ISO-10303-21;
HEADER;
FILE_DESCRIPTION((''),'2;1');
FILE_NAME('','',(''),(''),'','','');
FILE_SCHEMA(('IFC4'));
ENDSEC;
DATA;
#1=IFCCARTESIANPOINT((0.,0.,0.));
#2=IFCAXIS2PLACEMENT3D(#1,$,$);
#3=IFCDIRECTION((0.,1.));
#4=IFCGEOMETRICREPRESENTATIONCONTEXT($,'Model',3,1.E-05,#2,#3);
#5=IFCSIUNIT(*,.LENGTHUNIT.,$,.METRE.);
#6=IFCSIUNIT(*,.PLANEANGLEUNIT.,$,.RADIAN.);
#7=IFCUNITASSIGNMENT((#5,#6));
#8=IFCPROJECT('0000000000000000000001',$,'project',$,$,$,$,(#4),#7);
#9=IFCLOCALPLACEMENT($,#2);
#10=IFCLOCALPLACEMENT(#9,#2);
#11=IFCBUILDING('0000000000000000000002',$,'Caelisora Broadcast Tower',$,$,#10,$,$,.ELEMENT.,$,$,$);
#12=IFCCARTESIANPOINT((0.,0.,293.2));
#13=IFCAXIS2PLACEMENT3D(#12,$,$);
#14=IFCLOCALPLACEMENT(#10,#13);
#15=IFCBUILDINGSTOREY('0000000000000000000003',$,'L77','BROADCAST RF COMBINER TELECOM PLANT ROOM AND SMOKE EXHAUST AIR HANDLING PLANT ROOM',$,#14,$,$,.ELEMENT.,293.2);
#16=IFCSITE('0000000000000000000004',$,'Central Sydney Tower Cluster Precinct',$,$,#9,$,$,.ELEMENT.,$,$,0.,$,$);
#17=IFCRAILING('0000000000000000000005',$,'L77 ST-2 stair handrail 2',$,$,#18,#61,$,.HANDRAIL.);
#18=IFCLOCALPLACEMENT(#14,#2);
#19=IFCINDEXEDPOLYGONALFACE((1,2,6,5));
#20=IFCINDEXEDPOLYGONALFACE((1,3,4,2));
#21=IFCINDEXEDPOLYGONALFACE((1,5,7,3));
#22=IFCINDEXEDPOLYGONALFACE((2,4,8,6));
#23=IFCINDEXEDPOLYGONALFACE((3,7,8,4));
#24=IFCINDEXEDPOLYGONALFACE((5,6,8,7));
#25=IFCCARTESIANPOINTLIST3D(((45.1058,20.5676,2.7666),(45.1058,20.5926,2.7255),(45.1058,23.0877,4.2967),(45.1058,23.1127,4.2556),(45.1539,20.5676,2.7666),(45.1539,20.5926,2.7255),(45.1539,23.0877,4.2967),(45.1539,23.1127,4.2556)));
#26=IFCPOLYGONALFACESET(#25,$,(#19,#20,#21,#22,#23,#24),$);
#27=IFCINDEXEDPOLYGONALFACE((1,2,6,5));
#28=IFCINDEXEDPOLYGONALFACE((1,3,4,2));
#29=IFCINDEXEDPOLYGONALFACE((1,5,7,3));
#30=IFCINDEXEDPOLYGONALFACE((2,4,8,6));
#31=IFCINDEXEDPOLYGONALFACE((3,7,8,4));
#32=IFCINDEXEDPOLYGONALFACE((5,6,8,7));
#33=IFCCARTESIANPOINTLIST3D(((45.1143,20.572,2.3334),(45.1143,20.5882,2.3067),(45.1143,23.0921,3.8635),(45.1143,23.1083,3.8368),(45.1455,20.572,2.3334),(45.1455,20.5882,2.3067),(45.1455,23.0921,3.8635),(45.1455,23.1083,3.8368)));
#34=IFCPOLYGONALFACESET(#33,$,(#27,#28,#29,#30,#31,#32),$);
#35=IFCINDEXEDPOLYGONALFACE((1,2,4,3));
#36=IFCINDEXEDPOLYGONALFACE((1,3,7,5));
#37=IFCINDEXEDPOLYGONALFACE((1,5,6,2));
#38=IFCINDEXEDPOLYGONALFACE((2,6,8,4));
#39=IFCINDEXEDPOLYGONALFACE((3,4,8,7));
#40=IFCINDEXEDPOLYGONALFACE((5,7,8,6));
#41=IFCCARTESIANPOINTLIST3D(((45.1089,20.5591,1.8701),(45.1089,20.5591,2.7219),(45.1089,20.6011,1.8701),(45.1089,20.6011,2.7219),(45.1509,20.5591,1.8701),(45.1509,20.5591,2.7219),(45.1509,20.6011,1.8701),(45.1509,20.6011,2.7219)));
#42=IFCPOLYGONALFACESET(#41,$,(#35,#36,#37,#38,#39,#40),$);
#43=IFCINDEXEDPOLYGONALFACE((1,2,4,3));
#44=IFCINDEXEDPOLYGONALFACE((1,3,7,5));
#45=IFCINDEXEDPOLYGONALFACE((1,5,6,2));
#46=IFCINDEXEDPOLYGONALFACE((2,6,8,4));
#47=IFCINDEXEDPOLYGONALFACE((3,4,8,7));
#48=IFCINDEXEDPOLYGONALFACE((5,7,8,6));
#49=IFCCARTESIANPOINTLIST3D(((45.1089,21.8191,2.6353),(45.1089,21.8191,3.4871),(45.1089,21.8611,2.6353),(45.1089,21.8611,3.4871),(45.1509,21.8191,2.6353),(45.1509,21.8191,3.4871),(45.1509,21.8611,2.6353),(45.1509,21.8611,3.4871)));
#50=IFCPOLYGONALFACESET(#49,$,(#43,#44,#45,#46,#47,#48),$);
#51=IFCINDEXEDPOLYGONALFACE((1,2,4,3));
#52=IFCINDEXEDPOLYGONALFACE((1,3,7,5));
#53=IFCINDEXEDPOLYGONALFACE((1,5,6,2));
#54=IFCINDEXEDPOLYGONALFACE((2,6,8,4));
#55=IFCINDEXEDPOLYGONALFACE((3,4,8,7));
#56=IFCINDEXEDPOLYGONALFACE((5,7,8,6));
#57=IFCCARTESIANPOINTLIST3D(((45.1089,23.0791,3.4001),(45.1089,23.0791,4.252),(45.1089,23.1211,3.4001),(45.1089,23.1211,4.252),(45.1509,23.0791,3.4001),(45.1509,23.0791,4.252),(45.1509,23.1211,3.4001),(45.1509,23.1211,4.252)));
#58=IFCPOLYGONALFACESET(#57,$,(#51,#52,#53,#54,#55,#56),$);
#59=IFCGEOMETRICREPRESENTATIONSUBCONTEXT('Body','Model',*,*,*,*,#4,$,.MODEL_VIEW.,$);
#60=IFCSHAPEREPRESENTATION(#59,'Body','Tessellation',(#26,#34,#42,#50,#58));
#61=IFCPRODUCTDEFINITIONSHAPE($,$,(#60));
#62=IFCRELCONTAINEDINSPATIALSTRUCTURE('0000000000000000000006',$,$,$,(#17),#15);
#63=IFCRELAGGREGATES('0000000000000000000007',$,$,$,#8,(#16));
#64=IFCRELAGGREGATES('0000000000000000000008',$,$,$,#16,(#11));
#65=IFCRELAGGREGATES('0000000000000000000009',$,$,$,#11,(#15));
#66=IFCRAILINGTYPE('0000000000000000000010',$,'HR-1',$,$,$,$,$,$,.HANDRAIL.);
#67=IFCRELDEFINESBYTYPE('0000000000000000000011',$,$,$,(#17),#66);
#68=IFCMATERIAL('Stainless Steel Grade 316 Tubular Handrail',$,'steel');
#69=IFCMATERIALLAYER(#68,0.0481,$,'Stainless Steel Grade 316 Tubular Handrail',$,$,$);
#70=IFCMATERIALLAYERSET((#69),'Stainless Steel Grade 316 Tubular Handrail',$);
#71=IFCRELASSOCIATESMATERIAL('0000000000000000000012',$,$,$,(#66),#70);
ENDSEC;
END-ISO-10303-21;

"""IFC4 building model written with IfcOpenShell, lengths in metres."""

from ifc_helpers import new_model, si_unit, direction, frame, origin, origin_2d, place, context, subcontext, project, spatial, rectangle, extrude, material, layer, layer_set, type_object, element, save


model = new_model("IFC4")

# Units and contexts
model_context = context("Model", 3, precision=1e-05, world=origin(), true_north=direction((0.0, 1.0)))
body_context = subcontext(model_context, "Body", "Model", "MODEL_VIEW")
ifc_project = project(units=[si_unit("LENGTHUNIT", "METRE"), si_unit("PLANEANGLEUNIT", "RADIAN")], contexts=[model_context])

# Site, building, storey
site_placement = place(None, origin())
site = spatial("IfcSite", under=ifc_project, at=site_placement, Name="Central Sydney Tower Cluster Precinct", CompositionType="ELEMENT", RefElevation=0.0)
building_placement = place(site_placement, origin())
building = spatial("IfcBuilding", under=site, at=building_placement, Name="Caelisora Broadcast Tower", CompositionType="ELEMENT")
storey_placement = place(building_placement, frame((0.0, 0.0, 293.2)))
storey = spatial("IfcBuildingStorey", under=building, at=storey_placement, Name="L77", Description="BROADCAST RF COMBINER TELECOM PLANT ROOM AND SMOKE EXHAUST AIR HANDLING PLANT ROOM", CompositionType="ELEMENT", Elevation=293.2)

# Railing
ifc_material_1 = material(Name="Stainless Steel Grade 316 Tubular Handrail", Category="steel")
ifc_layer_1 = layer(ifc_material_1, 0.0481, Name="Stainless Steel Grade 316 Tubular Handrail")
ifc_layer_set_1 = layer_set([ifc_layer_1], Name="Stainless Steel Grade 316 Tubular Handrail")
railing_type_1 = type_object("IfcRailingType", Name="HR-1", PredefinedType="HANDRAIL", material=ifc_layer_set_1)
railing_1_placement = place(storey_placement, frame((45.1299, 20.5801, 1.8701)))
element("IfcRailing", 1, at=railing_1_placement, inside=storey, type_object=railing_type_1, Name="L77 ST-2 stair handrail 2", PredefinedType="HANDRAIL", context=body_context, shape_type="SweptSolid", body=[
    extrude(rectangle(XDim=0.0481, YDim=0.0481, at=origin_2d()), frame((0.0, 0.0, 0.876), z_axis=(0.0, 0.854785, 0.518982), x_axis=(-1.0, 0.0, 0.0)), (0.0, 0.0, 1.0), 2.9482),
    extrude(rectangle(XDim=0.0312, YDim=0.0312, at=origin_2d()), frame((0.0, 0.0, 0.45), z_axis=(0.0, 0.854785, 0.518982), x_axis=(-1.0, 0.0, 0.0)), (0.0, 0.0, 1.0), 2.9482),
    extrude(rectangle(XDim=0.042, YDim=0.042, at=origin_2d()), origin(), (0.0, 0.0, 1.0), 0.8518),
    extrude(rectangle(XDim=0.042, YDim=0.042, at=origin_2d()), frame((0.0, 1.26, 0.7651)), (0.0, 0.0, 1.0), 0.8518),
    extrude(rectangle(XDim=0.042, YDim=0.042, at=origin_2d()), frame((0.0, 2.52, 1.53)), (0.0, 0.0, 1.0), 0.8518),
])

save(model, "model.ifc")
